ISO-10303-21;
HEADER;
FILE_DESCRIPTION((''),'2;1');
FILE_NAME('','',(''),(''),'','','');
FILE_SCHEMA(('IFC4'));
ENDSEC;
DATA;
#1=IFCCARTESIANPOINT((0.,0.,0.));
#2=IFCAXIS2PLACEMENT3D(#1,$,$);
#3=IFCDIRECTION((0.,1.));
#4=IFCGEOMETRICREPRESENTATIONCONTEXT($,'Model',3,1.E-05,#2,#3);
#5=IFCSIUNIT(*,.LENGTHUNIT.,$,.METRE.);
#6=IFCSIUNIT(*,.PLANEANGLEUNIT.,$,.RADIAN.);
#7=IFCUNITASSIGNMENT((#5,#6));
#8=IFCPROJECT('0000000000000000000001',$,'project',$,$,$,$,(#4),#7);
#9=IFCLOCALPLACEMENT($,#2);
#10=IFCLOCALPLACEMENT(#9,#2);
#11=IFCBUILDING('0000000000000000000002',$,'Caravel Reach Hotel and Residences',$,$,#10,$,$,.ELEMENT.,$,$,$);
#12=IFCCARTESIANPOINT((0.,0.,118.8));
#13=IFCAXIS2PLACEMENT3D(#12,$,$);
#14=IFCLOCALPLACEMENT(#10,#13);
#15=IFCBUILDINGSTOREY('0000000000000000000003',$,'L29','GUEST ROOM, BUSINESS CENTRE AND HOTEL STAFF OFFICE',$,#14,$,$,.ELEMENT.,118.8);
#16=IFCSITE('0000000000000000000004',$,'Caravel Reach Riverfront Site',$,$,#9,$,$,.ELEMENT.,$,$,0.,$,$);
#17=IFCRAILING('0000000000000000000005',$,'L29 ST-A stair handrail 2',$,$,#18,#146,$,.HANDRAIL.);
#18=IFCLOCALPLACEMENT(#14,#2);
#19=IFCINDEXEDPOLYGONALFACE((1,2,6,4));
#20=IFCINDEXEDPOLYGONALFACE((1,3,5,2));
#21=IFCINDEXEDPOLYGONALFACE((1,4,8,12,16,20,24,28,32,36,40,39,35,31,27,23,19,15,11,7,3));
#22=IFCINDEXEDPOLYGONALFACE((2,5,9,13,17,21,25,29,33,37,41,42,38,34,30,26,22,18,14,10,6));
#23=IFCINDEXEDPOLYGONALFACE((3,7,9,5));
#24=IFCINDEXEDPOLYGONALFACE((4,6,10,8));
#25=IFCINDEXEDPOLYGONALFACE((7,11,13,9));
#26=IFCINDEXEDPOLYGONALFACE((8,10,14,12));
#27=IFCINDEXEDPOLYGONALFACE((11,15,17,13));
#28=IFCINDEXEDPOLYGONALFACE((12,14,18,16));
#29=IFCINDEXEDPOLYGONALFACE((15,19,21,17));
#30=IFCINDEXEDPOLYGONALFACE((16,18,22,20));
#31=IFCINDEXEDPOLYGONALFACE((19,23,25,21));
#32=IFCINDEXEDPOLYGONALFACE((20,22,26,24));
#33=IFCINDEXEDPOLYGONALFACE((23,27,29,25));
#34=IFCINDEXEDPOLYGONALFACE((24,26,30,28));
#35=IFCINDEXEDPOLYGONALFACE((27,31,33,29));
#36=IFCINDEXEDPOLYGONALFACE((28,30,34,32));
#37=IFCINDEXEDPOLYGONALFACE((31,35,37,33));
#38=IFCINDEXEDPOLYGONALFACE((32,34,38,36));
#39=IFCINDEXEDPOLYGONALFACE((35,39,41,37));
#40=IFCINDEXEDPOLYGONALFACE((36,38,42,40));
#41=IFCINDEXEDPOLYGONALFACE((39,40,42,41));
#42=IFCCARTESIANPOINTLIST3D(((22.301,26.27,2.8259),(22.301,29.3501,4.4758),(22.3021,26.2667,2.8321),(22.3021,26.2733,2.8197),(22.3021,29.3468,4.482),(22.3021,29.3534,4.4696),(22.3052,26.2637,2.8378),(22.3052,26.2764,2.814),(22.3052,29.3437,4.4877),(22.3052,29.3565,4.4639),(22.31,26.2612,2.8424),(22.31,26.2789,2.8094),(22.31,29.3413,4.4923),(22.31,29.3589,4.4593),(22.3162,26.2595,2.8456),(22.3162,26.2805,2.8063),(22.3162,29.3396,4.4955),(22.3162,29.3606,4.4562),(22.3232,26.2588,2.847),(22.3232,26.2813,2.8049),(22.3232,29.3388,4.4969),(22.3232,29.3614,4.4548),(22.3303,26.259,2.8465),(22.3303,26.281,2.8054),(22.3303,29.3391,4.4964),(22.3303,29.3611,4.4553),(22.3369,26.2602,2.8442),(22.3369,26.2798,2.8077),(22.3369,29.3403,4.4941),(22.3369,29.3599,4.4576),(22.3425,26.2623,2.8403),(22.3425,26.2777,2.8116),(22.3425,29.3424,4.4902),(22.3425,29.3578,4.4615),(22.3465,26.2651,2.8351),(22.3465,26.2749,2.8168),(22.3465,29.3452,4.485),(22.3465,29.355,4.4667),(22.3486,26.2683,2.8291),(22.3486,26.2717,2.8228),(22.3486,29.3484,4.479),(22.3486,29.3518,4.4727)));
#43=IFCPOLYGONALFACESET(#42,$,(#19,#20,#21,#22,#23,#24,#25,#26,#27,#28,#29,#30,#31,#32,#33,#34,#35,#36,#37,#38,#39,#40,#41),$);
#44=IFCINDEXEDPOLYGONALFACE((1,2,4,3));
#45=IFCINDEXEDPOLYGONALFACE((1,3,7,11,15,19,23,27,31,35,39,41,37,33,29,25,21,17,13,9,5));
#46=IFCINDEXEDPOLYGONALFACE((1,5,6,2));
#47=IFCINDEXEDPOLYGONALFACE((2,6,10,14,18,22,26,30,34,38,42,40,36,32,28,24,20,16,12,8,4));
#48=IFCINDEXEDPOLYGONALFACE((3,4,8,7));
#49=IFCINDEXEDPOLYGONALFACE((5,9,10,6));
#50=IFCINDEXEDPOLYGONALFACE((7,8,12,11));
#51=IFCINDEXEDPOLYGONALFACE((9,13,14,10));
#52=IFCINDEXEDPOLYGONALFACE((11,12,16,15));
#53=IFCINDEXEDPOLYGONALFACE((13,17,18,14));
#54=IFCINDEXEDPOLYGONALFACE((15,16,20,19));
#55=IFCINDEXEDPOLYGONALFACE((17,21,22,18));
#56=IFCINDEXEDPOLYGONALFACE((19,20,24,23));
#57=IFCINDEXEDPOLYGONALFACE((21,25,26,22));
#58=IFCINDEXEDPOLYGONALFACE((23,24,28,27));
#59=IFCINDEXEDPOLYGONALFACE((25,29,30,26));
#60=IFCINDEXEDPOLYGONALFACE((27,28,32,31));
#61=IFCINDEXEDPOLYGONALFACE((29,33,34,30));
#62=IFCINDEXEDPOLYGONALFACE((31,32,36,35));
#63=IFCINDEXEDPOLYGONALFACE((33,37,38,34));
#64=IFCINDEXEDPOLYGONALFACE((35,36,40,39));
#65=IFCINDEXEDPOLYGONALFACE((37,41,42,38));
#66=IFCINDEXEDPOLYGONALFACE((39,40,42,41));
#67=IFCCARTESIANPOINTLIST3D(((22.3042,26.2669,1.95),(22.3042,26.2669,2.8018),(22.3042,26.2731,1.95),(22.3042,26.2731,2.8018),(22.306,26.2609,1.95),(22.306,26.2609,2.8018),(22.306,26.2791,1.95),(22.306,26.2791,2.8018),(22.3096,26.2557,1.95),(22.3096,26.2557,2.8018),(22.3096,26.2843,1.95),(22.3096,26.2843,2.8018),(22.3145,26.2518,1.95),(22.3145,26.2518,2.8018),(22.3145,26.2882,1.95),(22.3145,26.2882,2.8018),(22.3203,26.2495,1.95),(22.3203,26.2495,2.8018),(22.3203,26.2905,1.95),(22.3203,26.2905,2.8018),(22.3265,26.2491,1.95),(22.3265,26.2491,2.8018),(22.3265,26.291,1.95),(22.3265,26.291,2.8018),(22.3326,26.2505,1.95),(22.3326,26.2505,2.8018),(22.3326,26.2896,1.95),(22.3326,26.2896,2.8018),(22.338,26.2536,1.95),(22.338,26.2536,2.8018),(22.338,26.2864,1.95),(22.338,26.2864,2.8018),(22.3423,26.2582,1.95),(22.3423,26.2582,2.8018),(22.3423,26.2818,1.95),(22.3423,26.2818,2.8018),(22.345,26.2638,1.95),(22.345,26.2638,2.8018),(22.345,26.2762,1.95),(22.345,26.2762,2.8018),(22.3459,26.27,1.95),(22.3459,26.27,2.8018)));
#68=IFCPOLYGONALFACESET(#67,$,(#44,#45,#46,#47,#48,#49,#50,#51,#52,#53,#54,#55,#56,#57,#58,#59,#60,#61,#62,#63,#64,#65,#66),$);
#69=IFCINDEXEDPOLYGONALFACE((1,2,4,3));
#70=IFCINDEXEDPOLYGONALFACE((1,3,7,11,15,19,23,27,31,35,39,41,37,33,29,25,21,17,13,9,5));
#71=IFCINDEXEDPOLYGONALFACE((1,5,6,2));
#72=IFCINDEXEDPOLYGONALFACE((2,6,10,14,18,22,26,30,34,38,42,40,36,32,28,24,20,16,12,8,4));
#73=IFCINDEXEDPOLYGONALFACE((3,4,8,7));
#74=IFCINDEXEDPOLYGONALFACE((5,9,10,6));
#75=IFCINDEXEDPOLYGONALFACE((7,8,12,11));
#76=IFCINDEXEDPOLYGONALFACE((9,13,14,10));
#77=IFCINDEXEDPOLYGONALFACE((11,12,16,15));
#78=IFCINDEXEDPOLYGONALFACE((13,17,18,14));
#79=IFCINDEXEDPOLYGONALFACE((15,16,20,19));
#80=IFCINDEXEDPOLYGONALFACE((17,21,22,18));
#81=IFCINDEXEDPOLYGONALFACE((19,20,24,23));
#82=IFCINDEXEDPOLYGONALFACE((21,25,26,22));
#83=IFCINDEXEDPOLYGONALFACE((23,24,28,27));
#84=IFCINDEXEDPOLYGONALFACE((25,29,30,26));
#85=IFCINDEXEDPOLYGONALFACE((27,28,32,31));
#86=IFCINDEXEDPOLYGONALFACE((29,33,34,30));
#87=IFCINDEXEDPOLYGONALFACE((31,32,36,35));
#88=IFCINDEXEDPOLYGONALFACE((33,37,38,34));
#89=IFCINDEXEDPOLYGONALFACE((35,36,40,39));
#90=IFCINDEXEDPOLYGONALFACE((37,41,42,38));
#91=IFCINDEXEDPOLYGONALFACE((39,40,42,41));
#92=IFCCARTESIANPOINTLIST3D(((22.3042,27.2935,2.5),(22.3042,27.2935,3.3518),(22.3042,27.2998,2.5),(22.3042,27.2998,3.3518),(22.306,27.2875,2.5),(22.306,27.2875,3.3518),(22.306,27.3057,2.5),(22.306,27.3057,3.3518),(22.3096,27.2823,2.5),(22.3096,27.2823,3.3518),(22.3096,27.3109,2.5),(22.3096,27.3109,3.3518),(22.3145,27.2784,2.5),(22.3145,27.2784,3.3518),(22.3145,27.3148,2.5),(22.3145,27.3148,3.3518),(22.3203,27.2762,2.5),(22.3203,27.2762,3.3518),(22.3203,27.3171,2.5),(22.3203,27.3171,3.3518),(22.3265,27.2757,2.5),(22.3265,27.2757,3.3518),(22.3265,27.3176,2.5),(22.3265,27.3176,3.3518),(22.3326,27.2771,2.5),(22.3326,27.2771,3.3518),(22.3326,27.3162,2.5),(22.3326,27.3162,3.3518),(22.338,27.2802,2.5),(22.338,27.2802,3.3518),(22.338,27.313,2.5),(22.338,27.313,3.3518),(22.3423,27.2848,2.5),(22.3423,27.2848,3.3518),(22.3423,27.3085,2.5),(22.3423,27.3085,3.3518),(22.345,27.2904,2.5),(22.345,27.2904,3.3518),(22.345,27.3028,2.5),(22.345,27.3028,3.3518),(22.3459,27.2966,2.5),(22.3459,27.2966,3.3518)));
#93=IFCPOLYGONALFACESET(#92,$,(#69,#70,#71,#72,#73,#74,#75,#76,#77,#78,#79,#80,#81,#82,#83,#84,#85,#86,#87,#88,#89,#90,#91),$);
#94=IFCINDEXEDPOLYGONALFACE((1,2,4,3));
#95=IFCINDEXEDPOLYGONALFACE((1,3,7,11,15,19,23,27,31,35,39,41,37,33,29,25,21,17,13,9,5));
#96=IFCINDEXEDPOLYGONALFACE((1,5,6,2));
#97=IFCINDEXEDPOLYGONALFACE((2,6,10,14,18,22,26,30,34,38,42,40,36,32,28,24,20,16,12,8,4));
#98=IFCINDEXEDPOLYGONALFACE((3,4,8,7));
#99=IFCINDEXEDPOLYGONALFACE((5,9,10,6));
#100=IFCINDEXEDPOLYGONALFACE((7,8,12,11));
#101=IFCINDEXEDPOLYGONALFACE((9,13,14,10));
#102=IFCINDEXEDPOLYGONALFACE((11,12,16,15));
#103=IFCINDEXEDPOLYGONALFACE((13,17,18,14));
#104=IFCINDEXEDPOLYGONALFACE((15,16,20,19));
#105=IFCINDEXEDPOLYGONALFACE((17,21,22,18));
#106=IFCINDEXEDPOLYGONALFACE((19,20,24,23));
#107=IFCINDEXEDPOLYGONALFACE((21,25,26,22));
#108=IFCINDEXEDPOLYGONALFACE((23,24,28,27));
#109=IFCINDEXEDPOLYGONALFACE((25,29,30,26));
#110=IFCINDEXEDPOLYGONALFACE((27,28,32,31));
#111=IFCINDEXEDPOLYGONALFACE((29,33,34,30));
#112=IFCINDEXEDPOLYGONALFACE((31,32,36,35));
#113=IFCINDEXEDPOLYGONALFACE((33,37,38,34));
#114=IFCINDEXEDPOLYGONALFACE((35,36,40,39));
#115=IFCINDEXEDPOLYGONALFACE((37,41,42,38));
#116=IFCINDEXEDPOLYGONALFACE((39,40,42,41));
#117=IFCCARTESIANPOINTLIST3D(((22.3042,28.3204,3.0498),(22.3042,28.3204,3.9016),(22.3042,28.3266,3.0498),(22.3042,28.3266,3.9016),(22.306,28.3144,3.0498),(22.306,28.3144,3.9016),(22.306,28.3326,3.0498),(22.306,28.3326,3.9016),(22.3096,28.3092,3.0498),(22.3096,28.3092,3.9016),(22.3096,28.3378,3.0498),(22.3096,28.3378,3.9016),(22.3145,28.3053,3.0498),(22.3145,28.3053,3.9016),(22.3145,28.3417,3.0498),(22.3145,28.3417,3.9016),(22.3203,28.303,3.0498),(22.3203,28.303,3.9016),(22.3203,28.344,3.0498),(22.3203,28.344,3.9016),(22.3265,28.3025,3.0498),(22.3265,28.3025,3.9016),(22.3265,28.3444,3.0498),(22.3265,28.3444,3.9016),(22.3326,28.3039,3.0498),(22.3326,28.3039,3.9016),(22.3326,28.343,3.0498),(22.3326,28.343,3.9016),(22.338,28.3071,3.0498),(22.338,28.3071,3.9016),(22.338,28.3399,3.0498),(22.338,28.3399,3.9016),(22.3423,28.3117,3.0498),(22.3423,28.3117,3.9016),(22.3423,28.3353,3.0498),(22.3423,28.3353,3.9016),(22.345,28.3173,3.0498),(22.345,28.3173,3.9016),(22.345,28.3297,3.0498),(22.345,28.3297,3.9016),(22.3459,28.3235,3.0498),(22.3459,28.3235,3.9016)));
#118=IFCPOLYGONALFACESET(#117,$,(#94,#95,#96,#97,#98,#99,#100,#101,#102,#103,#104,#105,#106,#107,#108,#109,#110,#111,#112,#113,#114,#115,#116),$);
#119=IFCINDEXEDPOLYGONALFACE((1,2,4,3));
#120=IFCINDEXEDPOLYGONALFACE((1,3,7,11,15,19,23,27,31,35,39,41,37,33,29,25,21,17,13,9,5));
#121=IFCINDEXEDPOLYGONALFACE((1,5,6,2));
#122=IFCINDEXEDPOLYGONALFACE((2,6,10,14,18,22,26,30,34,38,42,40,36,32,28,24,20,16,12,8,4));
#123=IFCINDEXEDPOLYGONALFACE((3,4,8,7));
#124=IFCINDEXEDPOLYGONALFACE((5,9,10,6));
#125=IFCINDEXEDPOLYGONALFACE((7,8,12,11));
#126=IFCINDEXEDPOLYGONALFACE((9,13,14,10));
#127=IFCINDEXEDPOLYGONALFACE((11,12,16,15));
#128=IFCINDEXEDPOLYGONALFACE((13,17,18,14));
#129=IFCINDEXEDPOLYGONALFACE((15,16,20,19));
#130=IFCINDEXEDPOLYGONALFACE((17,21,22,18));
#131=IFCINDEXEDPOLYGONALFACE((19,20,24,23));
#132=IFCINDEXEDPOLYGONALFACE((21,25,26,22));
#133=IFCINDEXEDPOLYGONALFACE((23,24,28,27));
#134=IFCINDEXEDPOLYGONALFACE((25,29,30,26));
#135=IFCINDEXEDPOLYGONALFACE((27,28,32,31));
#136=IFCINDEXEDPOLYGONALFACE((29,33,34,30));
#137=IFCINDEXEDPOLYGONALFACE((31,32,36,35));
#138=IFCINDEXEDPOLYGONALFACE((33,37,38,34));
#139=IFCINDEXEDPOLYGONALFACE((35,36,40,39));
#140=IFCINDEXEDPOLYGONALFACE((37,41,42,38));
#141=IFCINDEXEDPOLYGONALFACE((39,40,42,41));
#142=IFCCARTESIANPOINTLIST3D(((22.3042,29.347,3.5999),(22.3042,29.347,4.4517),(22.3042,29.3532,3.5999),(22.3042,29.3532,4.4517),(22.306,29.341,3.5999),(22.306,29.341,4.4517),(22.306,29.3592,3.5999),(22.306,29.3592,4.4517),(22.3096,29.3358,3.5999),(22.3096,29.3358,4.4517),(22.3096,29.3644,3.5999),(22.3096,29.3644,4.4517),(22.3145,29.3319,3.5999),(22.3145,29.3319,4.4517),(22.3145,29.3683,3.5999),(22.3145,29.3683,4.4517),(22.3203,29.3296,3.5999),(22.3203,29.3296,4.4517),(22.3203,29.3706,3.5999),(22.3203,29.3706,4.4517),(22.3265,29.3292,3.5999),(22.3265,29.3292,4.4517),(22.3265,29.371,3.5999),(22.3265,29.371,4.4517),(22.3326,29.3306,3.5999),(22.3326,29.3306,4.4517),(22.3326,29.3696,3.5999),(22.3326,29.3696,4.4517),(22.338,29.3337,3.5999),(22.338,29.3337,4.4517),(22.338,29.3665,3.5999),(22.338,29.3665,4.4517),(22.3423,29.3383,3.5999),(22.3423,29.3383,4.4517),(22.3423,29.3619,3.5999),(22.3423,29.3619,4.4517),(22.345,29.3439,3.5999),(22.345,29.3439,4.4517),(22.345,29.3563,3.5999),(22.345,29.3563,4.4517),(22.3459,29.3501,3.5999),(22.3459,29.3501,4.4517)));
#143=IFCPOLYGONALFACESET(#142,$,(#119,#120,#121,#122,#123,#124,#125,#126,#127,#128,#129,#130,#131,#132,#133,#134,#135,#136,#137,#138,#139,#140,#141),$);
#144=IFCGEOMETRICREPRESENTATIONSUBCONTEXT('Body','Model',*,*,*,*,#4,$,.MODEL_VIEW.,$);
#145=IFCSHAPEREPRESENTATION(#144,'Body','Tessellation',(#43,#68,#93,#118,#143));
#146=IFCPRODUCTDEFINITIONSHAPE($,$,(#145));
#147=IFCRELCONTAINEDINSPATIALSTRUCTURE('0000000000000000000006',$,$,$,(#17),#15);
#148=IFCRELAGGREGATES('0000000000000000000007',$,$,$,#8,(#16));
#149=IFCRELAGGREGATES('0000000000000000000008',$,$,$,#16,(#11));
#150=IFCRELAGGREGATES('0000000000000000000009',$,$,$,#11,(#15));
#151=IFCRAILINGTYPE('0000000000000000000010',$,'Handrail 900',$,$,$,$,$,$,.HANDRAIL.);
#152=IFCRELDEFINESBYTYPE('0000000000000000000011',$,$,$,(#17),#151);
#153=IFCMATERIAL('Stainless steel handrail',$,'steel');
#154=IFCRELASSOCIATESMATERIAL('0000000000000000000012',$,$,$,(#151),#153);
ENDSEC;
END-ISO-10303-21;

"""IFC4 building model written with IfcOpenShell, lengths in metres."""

from ifc_helpers import new_model, si_unit, direction, frame, origin, origin_2d, place, context, subcontext, project, spatial, circle, extrude, material, type_object, element, save


model = new_model("IFC4")

# Units and contexts
model_context = context("Model", 3, precision=1e-05, world=origin(), true_north=direction((0.0, 1.0)))
body_context = subcontext(model_context, "Body", "Model", "MODEL_VIEW")
ifc_project = project(units=[si_unit("LENGTHUNIT", "METRE"), si_unit("PLANEANGLEUNIT", "RADIAN")], contexts=[model_context])

# Site, building, storey
site_placement = place(None, origin())
site = spatial("IfcSite", under=ifc_project, at=site_placement, Name="Caravel Reach Riverfront Site", CompositionType="ELEMENT", RefElevation=0.0)
building_placement = place(site_placement, origin())
building = spatial("IfcBuilding", under=site, at=building_placement, Name="Caravel Reach Hotel and Residences", CompositionType="ELEMENT")
storey_placement = place(building_placement, frame((0.0, 0.0, 118.8)))
storey = spatial("IfcBuildingStorey", under=building, at=storey_placement, Name="L29", Description="GUEST ROOM, BUSINESS CENTRE AND HOTEL STAFF OFFICE", CompositionType="ELEMENT", Elevation=118.8)

# Railing
ifc_material_1 = material(Name="Stainless steel handrail", Category="steel")
railing_type_1 = type_object("IfcRailingType", Name="Handrail 900", PredefinedType="HANDRAIL", material=ifc_material_1)
railing_1_placement = place(storey_placement, frame((22.325, 26.27, 1.95)))
element("IfcRailing", 1, at=railing_1_placement, inside=storey, type_object=railing_type_1, Name="L29 ST-A stair handrail 2", PredefinedType="HANDRAIL", context=body_context, shape_type="SweptSolid", body=[
    extrude(circle(Radius=0.0239, at=origin_2d()), frame((0.0, 0.0, 0.876), z_axis=(0.0, 0.881497, 0.47219), x_axis=(-1.0, 0.0, 0.0)), (0.0, 0.0, 1.0), 3.4941),
    extrude(circle(Radius=0.021, at=origin_2d()), origin(), (0.0, 0.0, 1.0), 0.8518),
    extrude(circle(Radius=0.021, at=origin_2d()), frame((0.0, 1.0266, 0.55)), (0.0, 0.0, 1.0), 0.8518),
    extrude(circle(Radius=0.021, at=origin_2d()), frame((0.0, 2.0535, 1.0999)), (0.0, 0.0, 1.0), 0.8518),
    extrude(circle(Radius=0.021, at=origin_2d()), frame((0.0, 3.0801, 1.6499)), (0.0, 0.0, 1.0), 0.8518),
])

save(model, "model.ifc")
